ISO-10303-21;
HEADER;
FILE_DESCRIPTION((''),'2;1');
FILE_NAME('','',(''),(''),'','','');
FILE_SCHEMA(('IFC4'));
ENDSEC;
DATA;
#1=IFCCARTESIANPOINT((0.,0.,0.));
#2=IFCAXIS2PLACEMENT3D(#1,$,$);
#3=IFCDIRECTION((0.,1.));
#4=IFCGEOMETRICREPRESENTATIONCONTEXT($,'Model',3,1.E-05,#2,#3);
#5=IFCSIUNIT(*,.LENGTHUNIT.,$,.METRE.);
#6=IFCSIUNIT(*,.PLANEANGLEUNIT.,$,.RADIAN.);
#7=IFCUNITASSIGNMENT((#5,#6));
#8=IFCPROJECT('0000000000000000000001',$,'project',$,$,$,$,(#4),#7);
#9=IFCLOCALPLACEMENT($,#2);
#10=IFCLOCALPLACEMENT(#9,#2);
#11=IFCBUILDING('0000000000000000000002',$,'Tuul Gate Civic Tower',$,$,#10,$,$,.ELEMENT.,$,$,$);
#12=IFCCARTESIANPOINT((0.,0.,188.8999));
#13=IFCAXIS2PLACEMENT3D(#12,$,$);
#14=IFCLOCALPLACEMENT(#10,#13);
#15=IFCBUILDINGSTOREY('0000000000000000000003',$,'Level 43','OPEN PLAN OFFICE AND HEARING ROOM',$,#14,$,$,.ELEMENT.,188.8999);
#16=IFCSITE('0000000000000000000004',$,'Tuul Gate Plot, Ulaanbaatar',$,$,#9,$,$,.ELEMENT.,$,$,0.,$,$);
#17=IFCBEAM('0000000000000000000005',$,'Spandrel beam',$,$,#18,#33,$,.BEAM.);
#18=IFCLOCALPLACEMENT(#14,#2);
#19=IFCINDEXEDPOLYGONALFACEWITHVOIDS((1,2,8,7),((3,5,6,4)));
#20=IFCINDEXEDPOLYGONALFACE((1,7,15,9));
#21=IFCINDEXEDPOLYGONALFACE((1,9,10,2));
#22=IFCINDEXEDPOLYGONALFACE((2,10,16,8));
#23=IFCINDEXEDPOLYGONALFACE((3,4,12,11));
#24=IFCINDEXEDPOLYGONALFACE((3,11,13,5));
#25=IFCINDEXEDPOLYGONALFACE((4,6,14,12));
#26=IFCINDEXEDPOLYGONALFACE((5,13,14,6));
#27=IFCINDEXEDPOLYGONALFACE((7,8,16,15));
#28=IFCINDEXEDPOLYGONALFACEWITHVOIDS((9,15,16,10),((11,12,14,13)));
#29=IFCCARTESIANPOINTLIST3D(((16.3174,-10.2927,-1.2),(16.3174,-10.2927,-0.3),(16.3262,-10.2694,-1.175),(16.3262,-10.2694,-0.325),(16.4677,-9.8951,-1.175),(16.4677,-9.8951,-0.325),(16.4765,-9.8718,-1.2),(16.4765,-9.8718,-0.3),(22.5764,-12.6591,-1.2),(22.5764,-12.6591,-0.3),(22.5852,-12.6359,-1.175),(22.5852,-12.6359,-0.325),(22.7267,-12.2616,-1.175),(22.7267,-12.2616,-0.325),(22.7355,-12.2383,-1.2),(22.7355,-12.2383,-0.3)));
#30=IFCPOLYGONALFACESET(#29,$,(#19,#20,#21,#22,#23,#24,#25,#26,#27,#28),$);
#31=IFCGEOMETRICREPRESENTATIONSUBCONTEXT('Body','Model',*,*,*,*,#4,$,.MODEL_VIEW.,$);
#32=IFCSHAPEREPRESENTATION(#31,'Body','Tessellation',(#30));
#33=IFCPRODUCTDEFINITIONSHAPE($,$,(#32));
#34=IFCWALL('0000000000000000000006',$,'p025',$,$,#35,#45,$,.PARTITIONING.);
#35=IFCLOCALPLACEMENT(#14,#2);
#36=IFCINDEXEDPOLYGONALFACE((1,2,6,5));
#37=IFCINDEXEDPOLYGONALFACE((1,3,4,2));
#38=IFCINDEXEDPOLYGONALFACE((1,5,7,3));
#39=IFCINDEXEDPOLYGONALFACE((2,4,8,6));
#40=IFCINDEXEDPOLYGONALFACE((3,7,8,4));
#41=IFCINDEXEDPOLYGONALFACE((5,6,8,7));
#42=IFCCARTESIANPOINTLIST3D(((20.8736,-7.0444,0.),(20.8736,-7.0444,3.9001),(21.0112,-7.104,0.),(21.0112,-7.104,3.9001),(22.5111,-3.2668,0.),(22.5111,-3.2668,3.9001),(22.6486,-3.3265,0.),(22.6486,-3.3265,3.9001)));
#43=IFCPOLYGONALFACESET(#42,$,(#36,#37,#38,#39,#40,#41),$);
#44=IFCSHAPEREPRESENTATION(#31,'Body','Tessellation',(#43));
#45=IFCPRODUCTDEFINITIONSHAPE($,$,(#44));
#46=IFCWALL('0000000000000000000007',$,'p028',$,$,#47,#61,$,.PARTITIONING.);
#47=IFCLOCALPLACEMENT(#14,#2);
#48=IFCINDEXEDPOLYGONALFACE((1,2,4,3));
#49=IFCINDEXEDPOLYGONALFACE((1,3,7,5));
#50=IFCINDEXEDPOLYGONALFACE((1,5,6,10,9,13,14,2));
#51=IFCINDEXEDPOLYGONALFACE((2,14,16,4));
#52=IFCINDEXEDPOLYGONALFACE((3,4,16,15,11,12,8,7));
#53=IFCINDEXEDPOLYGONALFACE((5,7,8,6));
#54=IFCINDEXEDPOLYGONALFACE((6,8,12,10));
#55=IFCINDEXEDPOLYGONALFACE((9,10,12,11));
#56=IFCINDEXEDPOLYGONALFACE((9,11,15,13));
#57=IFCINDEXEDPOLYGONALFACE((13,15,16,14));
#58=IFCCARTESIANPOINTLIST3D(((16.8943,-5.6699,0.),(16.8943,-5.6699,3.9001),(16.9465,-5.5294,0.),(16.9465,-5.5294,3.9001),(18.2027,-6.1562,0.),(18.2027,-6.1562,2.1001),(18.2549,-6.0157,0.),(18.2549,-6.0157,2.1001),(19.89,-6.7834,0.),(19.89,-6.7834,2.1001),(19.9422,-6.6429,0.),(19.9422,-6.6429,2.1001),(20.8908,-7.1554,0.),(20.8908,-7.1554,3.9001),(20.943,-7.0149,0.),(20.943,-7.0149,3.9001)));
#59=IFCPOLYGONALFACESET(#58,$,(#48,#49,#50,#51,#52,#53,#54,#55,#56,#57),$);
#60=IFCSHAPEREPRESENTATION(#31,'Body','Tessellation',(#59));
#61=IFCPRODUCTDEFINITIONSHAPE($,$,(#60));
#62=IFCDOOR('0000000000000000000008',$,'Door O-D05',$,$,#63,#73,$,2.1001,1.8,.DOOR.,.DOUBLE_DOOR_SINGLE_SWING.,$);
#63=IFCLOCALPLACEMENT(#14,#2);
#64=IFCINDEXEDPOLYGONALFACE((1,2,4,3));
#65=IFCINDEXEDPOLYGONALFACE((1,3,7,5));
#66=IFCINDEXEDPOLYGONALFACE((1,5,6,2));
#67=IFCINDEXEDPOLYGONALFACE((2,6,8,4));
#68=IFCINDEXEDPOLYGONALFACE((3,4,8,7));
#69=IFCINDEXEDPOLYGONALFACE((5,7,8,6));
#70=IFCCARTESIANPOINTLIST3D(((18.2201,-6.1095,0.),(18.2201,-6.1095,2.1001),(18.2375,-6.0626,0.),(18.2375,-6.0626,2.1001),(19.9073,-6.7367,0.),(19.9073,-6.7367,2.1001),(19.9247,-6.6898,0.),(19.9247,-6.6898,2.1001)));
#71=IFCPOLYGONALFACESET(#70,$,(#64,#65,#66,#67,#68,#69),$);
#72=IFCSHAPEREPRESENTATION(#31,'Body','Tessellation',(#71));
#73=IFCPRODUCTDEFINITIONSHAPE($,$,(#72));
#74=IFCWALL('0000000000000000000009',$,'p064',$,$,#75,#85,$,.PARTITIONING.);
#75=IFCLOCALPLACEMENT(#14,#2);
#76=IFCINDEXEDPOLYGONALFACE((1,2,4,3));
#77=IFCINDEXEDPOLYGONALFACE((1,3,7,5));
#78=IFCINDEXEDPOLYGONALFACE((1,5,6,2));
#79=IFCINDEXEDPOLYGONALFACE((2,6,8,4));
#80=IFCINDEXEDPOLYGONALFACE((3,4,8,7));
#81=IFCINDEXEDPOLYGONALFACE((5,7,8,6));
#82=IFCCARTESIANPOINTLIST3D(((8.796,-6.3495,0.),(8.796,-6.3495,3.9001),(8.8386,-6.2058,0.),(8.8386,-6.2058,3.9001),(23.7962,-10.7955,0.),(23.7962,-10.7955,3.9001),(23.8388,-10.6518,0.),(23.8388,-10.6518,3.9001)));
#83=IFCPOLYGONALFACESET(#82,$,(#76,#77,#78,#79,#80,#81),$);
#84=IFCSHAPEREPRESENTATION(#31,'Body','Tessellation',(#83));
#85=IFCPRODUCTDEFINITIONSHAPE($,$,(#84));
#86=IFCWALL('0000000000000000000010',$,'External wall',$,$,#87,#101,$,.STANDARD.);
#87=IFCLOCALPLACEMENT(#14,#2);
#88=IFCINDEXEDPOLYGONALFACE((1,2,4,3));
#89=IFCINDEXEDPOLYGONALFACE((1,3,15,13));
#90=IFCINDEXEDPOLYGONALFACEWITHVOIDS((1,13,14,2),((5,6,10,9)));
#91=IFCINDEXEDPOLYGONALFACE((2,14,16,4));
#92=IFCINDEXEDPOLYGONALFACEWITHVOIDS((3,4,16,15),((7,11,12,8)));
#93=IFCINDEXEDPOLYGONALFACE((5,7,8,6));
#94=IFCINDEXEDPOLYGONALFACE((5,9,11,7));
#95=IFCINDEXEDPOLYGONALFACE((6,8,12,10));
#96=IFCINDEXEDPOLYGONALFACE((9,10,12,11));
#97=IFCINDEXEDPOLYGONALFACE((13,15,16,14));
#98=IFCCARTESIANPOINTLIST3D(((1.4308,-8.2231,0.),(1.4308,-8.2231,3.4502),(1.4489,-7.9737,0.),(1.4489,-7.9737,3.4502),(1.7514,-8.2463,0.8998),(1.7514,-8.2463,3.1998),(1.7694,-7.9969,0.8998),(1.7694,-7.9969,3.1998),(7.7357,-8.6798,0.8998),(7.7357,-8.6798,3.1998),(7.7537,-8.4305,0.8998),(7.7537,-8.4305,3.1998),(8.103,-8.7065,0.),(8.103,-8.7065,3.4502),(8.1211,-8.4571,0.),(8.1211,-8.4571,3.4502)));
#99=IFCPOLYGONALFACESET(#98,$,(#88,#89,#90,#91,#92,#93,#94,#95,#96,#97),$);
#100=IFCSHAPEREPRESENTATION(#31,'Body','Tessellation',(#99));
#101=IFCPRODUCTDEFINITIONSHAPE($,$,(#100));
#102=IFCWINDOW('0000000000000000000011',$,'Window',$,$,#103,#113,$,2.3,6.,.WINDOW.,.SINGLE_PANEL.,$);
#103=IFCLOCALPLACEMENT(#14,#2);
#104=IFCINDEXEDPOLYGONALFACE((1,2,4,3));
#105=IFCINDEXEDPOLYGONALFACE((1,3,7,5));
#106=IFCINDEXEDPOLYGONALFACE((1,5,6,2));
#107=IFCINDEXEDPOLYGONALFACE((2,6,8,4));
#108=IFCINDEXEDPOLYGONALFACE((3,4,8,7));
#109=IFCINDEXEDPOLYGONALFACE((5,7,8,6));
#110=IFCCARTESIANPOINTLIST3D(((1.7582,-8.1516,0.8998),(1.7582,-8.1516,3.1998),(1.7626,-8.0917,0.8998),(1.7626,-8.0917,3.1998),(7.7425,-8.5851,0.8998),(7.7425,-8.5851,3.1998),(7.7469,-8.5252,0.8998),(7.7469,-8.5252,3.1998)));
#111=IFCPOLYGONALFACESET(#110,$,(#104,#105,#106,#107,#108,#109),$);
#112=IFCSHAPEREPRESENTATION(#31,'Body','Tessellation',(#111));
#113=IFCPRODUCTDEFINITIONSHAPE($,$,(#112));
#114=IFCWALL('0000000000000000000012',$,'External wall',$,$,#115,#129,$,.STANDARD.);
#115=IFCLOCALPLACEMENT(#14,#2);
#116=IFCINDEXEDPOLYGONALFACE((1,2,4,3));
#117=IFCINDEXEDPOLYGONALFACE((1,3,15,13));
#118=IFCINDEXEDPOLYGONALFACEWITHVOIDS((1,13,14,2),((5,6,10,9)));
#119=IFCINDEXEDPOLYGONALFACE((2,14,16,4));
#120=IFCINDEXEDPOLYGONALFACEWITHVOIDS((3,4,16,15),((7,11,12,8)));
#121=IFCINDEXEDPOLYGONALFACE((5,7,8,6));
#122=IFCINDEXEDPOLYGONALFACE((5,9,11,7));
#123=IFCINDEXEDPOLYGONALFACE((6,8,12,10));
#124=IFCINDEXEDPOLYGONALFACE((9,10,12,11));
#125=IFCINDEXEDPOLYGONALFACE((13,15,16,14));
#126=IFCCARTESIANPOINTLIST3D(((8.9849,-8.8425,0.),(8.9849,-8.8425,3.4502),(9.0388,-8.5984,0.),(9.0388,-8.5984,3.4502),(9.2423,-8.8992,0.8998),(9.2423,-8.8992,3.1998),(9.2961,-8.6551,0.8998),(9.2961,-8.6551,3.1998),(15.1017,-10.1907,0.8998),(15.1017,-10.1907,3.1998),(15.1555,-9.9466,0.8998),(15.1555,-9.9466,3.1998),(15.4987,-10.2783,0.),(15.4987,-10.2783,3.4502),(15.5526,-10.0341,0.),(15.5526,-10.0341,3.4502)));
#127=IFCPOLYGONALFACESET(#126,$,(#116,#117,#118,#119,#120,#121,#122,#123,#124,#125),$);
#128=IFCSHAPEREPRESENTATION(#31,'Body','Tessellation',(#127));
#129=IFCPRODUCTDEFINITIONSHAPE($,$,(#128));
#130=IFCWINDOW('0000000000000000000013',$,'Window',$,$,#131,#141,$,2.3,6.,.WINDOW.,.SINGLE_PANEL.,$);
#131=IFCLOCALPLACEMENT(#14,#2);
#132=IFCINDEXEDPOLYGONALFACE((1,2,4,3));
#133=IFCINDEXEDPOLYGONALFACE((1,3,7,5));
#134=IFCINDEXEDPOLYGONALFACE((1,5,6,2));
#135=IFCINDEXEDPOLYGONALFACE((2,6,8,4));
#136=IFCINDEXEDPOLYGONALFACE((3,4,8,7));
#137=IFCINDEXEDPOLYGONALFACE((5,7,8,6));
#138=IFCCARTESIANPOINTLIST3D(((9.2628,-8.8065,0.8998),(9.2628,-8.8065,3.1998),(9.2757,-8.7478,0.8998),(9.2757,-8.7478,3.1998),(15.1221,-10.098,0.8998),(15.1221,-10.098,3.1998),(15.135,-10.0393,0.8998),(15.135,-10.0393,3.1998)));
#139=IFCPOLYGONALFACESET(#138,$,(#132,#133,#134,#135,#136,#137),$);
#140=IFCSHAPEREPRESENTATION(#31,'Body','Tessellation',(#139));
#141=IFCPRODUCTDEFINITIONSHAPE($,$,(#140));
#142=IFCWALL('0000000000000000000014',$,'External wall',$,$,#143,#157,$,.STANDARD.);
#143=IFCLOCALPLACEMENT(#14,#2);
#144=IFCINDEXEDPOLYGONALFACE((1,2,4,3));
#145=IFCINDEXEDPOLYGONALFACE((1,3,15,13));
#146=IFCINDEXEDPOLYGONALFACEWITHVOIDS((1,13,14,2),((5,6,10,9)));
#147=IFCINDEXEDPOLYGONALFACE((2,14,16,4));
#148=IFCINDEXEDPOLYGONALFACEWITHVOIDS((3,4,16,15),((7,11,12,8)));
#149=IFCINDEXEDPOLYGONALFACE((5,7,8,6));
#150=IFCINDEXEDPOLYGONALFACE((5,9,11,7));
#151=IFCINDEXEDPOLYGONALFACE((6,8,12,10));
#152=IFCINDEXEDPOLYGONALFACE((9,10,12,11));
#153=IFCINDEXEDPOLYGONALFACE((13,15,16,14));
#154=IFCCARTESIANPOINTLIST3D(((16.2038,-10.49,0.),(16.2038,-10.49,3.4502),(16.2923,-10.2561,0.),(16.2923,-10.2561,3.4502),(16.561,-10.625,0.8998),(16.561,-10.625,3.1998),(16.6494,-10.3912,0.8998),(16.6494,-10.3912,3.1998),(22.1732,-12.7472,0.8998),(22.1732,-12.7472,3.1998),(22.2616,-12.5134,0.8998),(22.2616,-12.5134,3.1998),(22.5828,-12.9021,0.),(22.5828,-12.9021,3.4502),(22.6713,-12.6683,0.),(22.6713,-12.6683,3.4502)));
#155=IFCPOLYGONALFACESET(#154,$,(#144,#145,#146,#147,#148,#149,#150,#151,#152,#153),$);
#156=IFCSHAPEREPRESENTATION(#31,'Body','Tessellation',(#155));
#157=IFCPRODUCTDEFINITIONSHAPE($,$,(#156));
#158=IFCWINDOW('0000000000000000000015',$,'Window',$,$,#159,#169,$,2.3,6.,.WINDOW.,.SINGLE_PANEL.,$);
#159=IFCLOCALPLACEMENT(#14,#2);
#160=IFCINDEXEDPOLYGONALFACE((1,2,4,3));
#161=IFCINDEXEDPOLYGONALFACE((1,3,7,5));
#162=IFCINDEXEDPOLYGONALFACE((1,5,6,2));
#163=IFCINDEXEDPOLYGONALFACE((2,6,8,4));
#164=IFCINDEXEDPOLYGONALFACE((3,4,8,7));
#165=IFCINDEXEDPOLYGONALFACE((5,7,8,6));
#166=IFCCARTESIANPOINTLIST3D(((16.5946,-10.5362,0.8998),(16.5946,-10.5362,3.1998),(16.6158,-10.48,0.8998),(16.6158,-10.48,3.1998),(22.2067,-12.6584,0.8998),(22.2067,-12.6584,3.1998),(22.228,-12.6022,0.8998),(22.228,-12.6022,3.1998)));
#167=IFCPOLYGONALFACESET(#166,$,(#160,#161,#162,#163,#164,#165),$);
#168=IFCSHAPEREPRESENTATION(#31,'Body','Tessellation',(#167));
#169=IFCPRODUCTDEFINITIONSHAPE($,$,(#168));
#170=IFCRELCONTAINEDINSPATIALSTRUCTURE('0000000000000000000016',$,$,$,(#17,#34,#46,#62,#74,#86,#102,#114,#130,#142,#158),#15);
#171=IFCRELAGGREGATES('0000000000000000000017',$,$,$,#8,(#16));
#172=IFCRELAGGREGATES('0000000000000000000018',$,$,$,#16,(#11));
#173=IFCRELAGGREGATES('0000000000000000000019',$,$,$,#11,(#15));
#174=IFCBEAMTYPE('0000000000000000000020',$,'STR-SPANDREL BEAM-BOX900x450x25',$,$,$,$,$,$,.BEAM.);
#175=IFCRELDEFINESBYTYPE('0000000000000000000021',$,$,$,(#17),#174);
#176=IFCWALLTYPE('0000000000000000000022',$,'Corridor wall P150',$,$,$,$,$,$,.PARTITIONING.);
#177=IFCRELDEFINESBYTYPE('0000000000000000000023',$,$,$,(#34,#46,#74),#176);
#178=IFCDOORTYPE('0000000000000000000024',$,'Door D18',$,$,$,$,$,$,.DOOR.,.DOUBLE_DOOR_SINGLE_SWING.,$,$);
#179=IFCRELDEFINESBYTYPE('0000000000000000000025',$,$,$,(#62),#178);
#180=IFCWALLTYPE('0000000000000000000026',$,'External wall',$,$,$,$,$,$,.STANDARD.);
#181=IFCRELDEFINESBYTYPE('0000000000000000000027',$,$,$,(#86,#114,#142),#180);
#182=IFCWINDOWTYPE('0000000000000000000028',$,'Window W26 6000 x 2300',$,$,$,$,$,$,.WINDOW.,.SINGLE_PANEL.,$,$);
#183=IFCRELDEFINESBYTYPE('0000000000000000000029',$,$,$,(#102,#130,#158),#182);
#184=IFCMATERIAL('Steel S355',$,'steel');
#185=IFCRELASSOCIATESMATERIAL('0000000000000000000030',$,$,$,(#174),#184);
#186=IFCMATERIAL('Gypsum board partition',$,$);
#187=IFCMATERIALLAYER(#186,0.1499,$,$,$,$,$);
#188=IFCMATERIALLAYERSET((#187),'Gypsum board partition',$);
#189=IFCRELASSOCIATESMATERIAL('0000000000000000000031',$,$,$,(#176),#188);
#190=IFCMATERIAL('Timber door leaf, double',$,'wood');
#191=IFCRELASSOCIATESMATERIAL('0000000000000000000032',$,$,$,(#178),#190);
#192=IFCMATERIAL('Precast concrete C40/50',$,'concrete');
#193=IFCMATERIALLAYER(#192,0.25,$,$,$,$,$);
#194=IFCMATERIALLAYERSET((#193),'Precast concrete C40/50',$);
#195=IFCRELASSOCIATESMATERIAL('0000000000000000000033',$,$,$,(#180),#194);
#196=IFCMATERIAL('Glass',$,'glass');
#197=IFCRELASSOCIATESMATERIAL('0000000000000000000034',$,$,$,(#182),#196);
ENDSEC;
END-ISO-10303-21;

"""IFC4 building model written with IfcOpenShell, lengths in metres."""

from ifc_helpers import new_model, si_unit, direction, frame, frame_2d, origin, origin_2d, place, context, subcontext, project, spatial, rectangle, hollow_rectangle, extrude, material, layer, layer_set, material_profile, profile_set, type_object, element, fill, save


model = new_model("IFC4")

# Units and contexts
model_context = context("Model", 3, precision=1e-05, world=origin(), true_north=direction((0.0, 1.0)))
body_context = subcontext(model_context, "Body", "Model", "MODEL_VIEW")
ifc_project = project(units=[si_unit("LENGTHUNIT", "METRE"), si_unit("PLANEANGLEUNIT", "RADIAN")], contexts=[model_context])

# Site, building, storey
site_placement = place(None, origin())
site = spatial("IfcSite", under=ifc_project, at=site_placement, Name="Tuul Gate Plot, Ulaanbaatar", CompositionType="ELEMENT", RefElevation=0.0)
building_placement = place(site_placement, origin())
building = spatial("IfcBuilding", under=site, at=building_placement, Name="Tuul Gate Civic Tower", CompositionType="ELEMENT")
storey_placement = place(building_placement, frame((0.0, 0.0, 188.8999)))
storey = spatial("IfcBuildingStorey", under=building, at=storey_placement, Name="Level 43", Description="OPEN PLAN OFFICE AND HEARING ROOM", CompositionType="ELEMENT", Elevation=188.8999)

# Beam
ifc_material_1 = material(Name="Steel S355", Category="steel")
ifc_material_profile_1 = material_profile(ifc_material_1, hollow_rectangle(XDim=0.45, YDim=0.8999, WallThickness=0.0249, at=origin_2d()), Name="BOX900x450x25")
ifc_profile_set_1 = profile_set([ifc_material_profile_1], Name="Steel S355")
beam_type_1 = type_object("IfcBeamType", Name="STR-SPANDREL BEAM-BOX900x450x25", PredefinedType="BEAM", material=ifc_profile_set_1)
beam_1_placement = place(storey_placement, frame((16.397, -10.0823, -0.75), z_axis=(0.935377, -0.353653, 0.0), x_axis=(0.353653, 0.935377, 0.0)))
element("IfcBeam", 1, at=beam_1_placement, inside=storey, type_object=beam_type_1, Name="Spandrel beam", PredefinedType="BEAM", context=body_context, shape_type="SweptSolid", body=[
    extrude(hollow_rectangle(XDim=0.45, YDim=0.8999, WallThickness=0.0249, at=origin_2d()), origin(), (0.0, 0.0, 1.0), 6.6914),
])

# Wall
ifc_material_2 = material(Name="Gypsum board partition")
ifc_layer_1 = layer(ifc_material_2, 0.1499)
ifc_layer_set_1 = layer_set([ifc_layer_1], Name="Gypsum board partition")
wall_type_1 = type_object("IfcWallType", Name="Corridor wall P150", PredefinedType="PARTITIONING", material=ifc_layer_set_1)
wall_1_placement = place(storey_placement, frame((20.9424, -7.0742, 0.0), z_axis=(0.0, 0.0, 1.0), x_axis=(0.397709, 0.917512, 0.0)))
element("IfcWall", 2, at=wall_1_placement, inside=storey, type_object=wall_type_1, Name="p025", PredefinedType="PARTITIONING", context=body_context, shape_type="SweptSolid", body=[
    extrude(rectangle(XDim=4.1172, YDim=0.1499, at=frame_2d((2.0586, 0.0))), origin(), (0.0, 0.0, 1.0), 3.9001),
])

# Wall, opening, door
wall_2_placement = place(storey_placement, frame((16.9204, -5.5996, 0.0), z_axis=(0.0, 0.0, 1.0), x_axis=(0.937337, -0.348424, 0.0)))
wall_2 = element("IfcWall", 3, at=wall_2_placement, inside=storey, type_object=wall_type_1, Name="p028", PredefinedType="PARTITIONING", context=body_context, shape_type="SweptSolid", body=[
    extrude(rectangle(XDim=4.2637, YDim=0.1499, at=frame_2d((2.1318, 0.0))), origin(), (0.0, 0.0, 1.0), 3.9001),
])
opening_1_placement = place(wall_2_placement, frame((1.396, 0.0, 0.0)))
opening_1 = element("IfcOpeningElement", 4, at=opening_1_placement, cuts=wall_2, PredefinedType="OPENING", context=body_context, shape_type="SweptSolid", body=[
    extrude(rectangle(XDim=1.8, YDim=2.1001, at=frame_2d((0.8999, 1.05))), frame((0.0, 0.085, 0.0), z_axis=(0.0, -1.0, 0.0), x_axis=(1.0, 0.0, 0.0)), (0.0, 0.0, 1.0), 0.1699),
])
ifc_material_3 = material(Name="Timber door leaf, double", Category="wood")
door_type = type_object("IfcDoorType", Name="Door D18", OperationType="DOUBLE_DOOR_SINGLE_SWING", PredefinedType="DOOR", material=ifc_material_3)
door_placement = place(opening_1_placement, origin())
door = element("IfcDoor", 5, at=door_placement, inside=storey, type_object=door_type, Name="Door O-D05", OperationType="DOUBLE_DOOR_SINGLE_SWING", OverallHeight=2.1001, OverallWidth=1.8, PredefinedType="DOOR", context=body_context, shape_type="SweptSolid", body=[
    extrude(rectangle(XDim=1.8, YDim=2.1001, at=frame_2d((0.8999, 1.05))), frame((0.0, 0.0249, 0.0), z_axis=(0.0, -1.0, 0.0), x_axis=(1.0, 0.0, 0.0)), (0.0, 0.0, 1.0), 0.05),
])
fill(opening_1, door)

# Wall
wall_3_placement = place(storey_placement, frame((8.8171, -6.2776, 0.0), z_axis=(0.0, 0.0, 1.0), x_axis=(0.958772, -0.284178, 0.0)))
element("IfcWall", 6, at=wall_3_placement, inside=storey, type_object=wall_type_1, Name="p064", PredefinedType="PARTITIONING", context=body_context, shape_type="SweptSolid", body=[
    extrude(rectangle(XDim=15.6453, YDim=0.1499, at=frame_2d((7.8228, 0.0))), origin(), (0.0, 0.0, 1.0), 3.9001),
])

# Walls, openings, windows
ifc_material_4 = material(Name="Precast concrete C40/50", Category="concrete")
ifc_layer_2 = layer(ifc_material_4, 0.25)
ifc_layer_set_2 = layer_set([ifc_layer_2], Name="Precast concrete C40/50")
wall_type_2 = type_object("IfcWallType", Name="External wall", PredefinedType="STANDARD", material=ifc_layer_set_2)
wall_4_placement = place(storey_placement, frame((1.4399, -8.0984, 0.0), z_axis=(0.0, 0.0, 1.0), x_axis=(0.997386, -0.072261, 0.0)))
wall_4 = element("IfcWall", 7, at=wall_4_placement, inside=storey, type_object=wall_type_2, Name="External wall", PredefinedType="STANDARD", context=body_context, shape_type="SweptSolid", body=[
    extrude(rectangle(XDim=6.6897, YDim=0.25, at=frame_2d((3.3447, 0.0))), origin(), (0.0, 0.0, 1.0), 3.4502),
])
opening_2_placement = place(wall_4_placement, frame((0.3213, 0.0, 0.8999)))
opening_2 = element("IfcOpeningElement", 8, at=opening_2_placement, cuts=wall_4, PredefinedType="OPENING", context=body_context, shape_type="SweptSolid", body=[
    extrude(rectangle(XDim=6.0, YDim=2.3, at=frame_2d((3.0, 1.1499))), frame((0.0, 0.135, 0.0), z_axis=(0.0, -1.0, 0.0), x_axis=(1.0, 0.0, 0.0)), (0.0, 0.0, 1.0), 0.27),
])
ifc_material_5 = material(Name="Glass", Category="glass")
window_type = type_object("IfcWindowType", Name="Window W26 6000 x 2300", PartitioningType="SINGLE_PANEL", PredefinedType="WINDOW", material=ifc_material_5)
window_1_placement = place(opening_2_placement, origin())
window_1 = element("IfcWindow", 9, at=window_1_placement, inside=storey, type_object=window_type, Name="Window", OverallHeight=2.3, OverallWidth=6.0, PartitioningType="SINGLE_PANEL", PredefinedType="WINDOW", context=body_context, shape_type="SweptSolid", body=[
    extrude(rectangle(XDim=6.0, YDim=2.3, at=frame_2d((3.0, 1.1499))), frame((0.0, 0.03, 0.0), z_axis=(0.0, -1.0, 0.0), x_axis=(1.0, 0.0, 0.0)), (0.0, 0.0, 1.0), 0.0601),
])
fill(opening_2, window_1)
wall_5_placement = place(storey_placement, frame((9.012, -8.7205, 0.0), z_axis=(0.0, 0.0, 1.0), x_axis=(0.976559, -0.215252, 0.0)))
wall_5 = element("IfcWall", 10, at=wall_5_placement, inside=storey, type_object=wall_type_2, Name="External wall", PredefinedType="STANDARD", context=body_context, shape_type="SweptSolid", body=[
    extrude(rectangle(XDim=6.6702, YDim=0.25, at=frame_2d((3.335, 0.0))), origin(), (0.0, 0.0, 1.0), 3.4502),
])
opening_3_placement = place(wall_5_placement, frame((0.2634, 0.0, 0.8999)))
opening_3 = element("IfcOpeningElement", 11, at=opening_3_placement, cuts=wall_5, PredefinedType="OPENING", context=body_context, shape_type="SweptSolid", body=[
    extrude(rectangle(XDim=6.0, YDim=2.3, at=frame_2d((3.0, 1.1499))), frame((0.0, 0.135, 0.0), z_axis=(0.0, -1.0, 0.0), x_axis=(1.0, 0.0, 0.0)), (0.0, 0.0, 1.0), 0.27),
])
window_2_placement = place(opening_3_placement, origin())
window_2 = element("IfcWindow", 12, at=window_2_placement, inside=storey, type_object=window_type, Name="Window", OverallHeight=2.3, OverallWidth=6.0, PartitioningType="SINGLE_PANEL", PredefinedType="WINDOW", context=body_context, shape_type="SweptSolid", body=[
    extrude(rectangle(XDim=6.0, YDim=2.3, at=frame_2d((3.0, 1.1499))), frame((0.0, 0.03, 0.0), z_axis=(0.0, -1.0, 0.0), x_axis=(1.0, 0.0, 0.0)), (0.0, 0.0, 1.0), 0.0601),
])
fill(opening_3, window_2)
wall_6_placement = place(storey_placement, frame((16.248, -10.373, 0.0), z_axis=(0.0, 0.0, 1.0), x_axis=(0.935361, -0.353696, 0.0)))
wall_6 = element("IfcWall", 13, at=wall_6_placement, inside=storey, type_object=wall_type_2, Name="External wall", PredefinedType="STANDARD", context=body_context, shape_type="SweptSolid", body=[
    extrude(rectangle(XDim=6.8198, YDim=0.25, at=frame_2d((3.4099, 0.0))), origin(), (0.0, 0.0, 1.0), 3.4502),
])
opening_4_placement = place(wall_6_placement, frame((0.3818, 0.0, 0.8999)))
opening_4 = element("IfcOpeningElement", 14, at=opening_4_placement, cuts=wall_6, PredefinedType="OPENING", context=body_context, shape_type="SweptSolid", body=[
    extrude(rectangle(XDim=6.0, YDim=2.3, at=frame_2d((3.0, 1.1499))), frame((0.0, 0.135, 0.0), z_axis=(0.0, -1.0, 0.0), x_axis=(1.0, 0.0, 0.0)), (0.0, 0.0, 1.0), 0.27),
])
window_3_placement = place(opening_4_placement, origin())
window_3 = element("IfcWindow", 15, at=window_3_placement, inside=storey, type_object=window_type, Name="Window", OverallHeight=2.3, OverallWidth=6.0, PartitioningType="SINGLE_PANEL", PredefinedType="WINDOW", context=body_context, shape_type="SweptSolid", body=[
    extrude(rectangle(XDim=6.0, YDim=2.3, at=frame_2d((3.0, 1.1499))), frame((0.0, 0.03, 0.0), z_axis=(0.0, -1.0, 0.0), x_axis=(1.0, 0.0, 0.0)), (0.0, 0.0, 1.0), 0.0601),
])
fill(opening_4, window_3)

save(model, "model.ifc")
